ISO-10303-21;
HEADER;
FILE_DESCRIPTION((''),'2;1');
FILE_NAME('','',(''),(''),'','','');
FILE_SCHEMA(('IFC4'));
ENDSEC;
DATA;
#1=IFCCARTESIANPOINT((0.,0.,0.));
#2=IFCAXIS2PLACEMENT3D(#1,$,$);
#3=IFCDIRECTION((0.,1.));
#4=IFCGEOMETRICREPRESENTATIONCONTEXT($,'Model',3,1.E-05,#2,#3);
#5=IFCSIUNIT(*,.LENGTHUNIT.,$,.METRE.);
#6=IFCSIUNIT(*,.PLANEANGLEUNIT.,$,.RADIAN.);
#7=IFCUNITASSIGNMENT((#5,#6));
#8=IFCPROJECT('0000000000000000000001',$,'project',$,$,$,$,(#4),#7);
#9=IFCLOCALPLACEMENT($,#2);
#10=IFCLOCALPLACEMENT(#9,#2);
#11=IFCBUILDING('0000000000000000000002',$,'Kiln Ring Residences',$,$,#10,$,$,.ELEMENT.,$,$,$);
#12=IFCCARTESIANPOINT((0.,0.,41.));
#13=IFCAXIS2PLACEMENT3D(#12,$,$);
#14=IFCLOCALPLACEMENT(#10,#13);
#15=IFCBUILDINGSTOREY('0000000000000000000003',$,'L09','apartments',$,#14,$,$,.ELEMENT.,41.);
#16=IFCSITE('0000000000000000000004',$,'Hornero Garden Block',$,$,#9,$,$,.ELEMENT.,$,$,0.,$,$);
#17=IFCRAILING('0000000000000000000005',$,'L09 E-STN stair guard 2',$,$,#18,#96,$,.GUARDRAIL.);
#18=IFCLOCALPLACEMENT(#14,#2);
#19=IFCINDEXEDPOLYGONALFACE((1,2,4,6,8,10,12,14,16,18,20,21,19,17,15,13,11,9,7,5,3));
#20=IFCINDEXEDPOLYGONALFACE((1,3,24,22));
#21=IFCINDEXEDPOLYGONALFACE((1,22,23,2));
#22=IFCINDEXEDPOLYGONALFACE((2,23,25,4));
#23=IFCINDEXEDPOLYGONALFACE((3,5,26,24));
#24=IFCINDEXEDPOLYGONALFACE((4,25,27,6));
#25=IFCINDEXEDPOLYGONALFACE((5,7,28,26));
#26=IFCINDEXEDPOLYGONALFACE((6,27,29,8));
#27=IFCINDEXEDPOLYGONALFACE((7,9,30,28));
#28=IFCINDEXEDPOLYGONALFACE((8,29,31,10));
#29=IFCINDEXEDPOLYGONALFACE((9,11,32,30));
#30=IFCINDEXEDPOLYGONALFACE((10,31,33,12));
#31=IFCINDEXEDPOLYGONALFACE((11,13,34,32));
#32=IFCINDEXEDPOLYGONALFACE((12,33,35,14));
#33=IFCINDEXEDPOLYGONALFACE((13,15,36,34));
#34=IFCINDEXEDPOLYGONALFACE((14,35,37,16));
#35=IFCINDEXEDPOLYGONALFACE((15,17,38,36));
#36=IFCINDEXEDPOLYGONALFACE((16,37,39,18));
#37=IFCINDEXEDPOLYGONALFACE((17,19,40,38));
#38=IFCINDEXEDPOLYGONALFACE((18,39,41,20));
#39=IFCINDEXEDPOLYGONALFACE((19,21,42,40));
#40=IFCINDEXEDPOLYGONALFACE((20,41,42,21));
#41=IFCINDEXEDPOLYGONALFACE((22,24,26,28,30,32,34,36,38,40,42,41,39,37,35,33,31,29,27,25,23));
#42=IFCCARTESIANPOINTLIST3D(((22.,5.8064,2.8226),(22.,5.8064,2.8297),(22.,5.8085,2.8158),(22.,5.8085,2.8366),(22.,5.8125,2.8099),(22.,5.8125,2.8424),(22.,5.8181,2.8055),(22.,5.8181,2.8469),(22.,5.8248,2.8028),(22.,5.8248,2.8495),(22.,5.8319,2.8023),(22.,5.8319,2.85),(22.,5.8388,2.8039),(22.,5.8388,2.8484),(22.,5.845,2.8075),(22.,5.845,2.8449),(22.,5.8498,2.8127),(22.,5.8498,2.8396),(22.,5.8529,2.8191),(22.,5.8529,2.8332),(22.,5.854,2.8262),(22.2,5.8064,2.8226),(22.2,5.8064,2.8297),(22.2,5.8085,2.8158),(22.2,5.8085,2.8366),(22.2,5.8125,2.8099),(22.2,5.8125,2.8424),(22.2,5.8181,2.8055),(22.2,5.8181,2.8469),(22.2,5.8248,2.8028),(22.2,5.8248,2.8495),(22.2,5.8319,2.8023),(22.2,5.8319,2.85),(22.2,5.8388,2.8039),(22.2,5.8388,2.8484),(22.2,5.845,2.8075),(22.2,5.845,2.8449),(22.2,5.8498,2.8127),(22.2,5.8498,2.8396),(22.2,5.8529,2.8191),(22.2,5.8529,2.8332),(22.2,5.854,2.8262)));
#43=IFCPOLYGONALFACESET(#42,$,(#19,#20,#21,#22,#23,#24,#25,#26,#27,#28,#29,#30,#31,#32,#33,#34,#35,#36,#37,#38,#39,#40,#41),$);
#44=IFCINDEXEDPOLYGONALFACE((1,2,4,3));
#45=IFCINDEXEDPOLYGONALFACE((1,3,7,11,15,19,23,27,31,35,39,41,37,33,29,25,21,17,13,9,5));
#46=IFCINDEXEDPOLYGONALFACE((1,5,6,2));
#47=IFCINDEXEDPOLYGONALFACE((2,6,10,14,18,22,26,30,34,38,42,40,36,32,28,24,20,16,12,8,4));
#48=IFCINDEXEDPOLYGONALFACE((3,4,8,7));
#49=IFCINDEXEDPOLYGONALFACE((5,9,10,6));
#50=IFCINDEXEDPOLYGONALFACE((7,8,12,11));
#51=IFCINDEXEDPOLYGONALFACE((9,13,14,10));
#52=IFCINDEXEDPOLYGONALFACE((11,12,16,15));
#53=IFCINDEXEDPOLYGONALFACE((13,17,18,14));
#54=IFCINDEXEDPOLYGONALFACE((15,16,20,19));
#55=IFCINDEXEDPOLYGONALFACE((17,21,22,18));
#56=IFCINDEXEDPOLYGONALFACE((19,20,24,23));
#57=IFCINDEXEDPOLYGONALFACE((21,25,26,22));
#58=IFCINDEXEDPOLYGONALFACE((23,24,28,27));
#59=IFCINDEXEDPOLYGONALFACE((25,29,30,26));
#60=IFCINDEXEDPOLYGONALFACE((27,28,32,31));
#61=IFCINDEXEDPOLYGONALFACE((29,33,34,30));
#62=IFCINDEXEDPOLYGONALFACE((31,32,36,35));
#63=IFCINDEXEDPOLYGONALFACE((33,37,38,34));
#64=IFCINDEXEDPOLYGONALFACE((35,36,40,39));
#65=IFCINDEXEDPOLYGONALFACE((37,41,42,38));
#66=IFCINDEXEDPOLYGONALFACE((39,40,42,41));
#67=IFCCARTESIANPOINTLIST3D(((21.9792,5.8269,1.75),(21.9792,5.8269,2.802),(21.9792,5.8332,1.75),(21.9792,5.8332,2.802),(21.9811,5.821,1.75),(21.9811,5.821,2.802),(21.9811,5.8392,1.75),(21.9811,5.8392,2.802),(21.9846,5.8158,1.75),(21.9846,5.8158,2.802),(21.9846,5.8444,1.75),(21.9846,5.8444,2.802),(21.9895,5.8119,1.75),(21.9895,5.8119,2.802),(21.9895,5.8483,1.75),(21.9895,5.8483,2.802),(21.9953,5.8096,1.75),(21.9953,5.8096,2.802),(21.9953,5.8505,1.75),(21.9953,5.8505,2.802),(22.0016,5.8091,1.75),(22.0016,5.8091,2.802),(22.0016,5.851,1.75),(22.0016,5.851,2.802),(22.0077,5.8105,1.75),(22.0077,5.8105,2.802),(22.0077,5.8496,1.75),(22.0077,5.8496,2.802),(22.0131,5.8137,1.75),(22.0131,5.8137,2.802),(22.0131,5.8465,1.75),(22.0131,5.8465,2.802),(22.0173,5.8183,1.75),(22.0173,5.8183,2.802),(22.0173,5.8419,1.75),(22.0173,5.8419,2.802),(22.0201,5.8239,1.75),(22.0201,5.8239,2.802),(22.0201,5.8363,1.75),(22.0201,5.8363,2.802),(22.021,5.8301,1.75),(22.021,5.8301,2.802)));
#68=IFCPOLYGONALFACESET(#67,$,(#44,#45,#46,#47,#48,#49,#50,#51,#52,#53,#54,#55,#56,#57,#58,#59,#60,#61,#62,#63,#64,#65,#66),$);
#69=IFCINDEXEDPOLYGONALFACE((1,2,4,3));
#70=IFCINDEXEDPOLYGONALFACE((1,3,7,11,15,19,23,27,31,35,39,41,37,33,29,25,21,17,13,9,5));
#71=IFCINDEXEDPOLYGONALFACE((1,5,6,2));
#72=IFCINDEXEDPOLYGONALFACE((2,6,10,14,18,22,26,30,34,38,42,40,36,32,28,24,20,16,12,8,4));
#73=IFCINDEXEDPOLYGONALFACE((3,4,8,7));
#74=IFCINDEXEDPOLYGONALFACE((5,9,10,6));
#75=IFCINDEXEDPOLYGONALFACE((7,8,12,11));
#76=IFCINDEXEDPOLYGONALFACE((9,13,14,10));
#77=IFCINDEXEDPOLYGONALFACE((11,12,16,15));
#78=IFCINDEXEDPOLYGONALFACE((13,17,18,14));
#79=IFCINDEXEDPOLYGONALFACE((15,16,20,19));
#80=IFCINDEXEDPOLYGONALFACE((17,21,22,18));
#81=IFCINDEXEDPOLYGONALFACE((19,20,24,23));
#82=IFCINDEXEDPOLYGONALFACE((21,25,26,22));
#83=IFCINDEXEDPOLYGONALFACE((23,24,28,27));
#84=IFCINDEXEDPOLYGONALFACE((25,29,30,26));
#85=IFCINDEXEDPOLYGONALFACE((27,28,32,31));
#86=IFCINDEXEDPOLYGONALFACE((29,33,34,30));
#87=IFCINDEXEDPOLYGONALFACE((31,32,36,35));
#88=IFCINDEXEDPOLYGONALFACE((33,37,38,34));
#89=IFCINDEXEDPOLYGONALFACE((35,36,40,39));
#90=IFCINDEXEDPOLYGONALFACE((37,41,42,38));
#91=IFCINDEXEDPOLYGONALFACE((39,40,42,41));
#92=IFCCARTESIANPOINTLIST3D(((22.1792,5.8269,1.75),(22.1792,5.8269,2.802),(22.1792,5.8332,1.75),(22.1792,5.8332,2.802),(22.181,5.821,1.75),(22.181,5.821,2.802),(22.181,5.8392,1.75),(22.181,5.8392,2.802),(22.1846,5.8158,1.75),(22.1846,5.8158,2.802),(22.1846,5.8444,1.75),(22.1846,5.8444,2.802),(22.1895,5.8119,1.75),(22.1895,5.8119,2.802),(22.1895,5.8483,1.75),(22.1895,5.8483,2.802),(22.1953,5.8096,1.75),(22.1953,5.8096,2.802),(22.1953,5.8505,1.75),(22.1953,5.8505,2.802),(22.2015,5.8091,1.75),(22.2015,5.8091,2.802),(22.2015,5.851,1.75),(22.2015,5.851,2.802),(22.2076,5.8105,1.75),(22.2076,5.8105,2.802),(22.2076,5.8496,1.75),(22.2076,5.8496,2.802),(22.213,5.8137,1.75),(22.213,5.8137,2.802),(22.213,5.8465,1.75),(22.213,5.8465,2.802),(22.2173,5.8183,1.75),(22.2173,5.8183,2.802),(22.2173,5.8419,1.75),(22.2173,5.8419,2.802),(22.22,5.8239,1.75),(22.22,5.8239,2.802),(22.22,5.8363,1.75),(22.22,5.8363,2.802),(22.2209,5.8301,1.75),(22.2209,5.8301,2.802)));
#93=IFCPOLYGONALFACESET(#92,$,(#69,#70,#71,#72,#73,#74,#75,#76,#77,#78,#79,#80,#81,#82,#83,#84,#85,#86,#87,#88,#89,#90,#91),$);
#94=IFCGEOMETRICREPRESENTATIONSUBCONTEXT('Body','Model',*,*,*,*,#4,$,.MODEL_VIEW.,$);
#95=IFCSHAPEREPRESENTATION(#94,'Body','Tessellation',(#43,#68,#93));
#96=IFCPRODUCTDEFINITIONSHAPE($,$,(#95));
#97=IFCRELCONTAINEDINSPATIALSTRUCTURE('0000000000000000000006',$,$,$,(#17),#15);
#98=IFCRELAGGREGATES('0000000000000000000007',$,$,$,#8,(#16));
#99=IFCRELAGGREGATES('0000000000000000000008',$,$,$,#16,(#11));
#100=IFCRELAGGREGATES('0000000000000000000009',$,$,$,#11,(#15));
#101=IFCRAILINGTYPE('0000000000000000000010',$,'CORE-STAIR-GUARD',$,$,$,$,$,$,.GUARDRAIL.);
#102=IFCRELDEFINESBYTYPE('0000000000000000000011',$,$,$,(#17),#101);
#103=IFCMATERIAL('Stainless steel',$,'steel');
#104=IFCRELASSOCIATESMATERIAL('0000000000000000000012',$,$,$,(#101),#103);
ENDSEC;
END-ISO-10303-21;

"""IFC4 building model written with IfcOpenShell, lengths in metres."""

from ifc_helpers import new_model, si_unit, direction, frame, origin, origin_2d, place, context, subcontext, project, spatial, circle, extrude, material, type_object, element, save


model = new_model("IFC4")

# Units and contexts
model_context = context("Model", 3, precision=1e-05, world=origin(), true_north=direction((0.0, 1.0)))
body_context = subcontext(model_context, "Body", "Model", "MODEL_VIEW")
ifc_project = project(units=[si_unit("LENGTHUNIT", "METRE"), si_unit("PLANEANGLEUNIT", "RADIAN")], contexts=[model_context])

# Site, building, storey
site_placement = place(None, origin())
site = spatial("IfcSite", under=ifc_project, at=site_placement, Name="Hornero Garden Block", CompositionType="ELEMENT", RefElevation=0.0)
building_placement = place(site_placement, origin())
building = spatial("IfcBuilding", under=site, at=building_placement, Name="Kiln Ring Residences", CompositionType="ELEMENT")
storey_placement = place(building_placement, frame((0.0, 0.0, 41.0)))
storey = spatial("IfcBuildingStorey", under=building, at=storey_placement, Name="L09", Description="apartments", CompositionType="ELEMENT", Elevation=41.0)

# Railing
ifc_material_1 = material(Name="Stainless steel", Category="steel")
railing_type_1 = type_object("IfcRailingType", Name="CORE-STAIR-GUARD", PredefinedType="GUARDRAIL", material=ifc_material_1)
railing_1_placement = place(storey_placement, frame((22.0, 5.8301, 1.75)))
element("IfcRailing", 1, at=railing_1_placement, inside=storey, type_object=railing_type_1, Name="L09 E-STN stair guard 2", PredefinedType="GUARDRAIL", context=body_context, shape_type="SweptSolid", body=[
    extrude(circle(Radius=0.0239, at=origin_2d()), frame((0.0, 0.0, 1.0762), z_axis=(1.0, 0.0, 0.0), x_axis=(0.0, 1.0, 0.0)), (0.0, 0.0, 1.0), 0.2),
    extrude(circle(Radius=0.021, at=origin_2d()), origin(), (0.0, 0.0, 1.0), 1.052),
    extrude(circle(Radius=0.021, at=origin_2d()), frame((0.2, 0.0, 0.0)), (0.0, 0.0, 1.0), 1.052),
])

save(model, "model.ifc")
